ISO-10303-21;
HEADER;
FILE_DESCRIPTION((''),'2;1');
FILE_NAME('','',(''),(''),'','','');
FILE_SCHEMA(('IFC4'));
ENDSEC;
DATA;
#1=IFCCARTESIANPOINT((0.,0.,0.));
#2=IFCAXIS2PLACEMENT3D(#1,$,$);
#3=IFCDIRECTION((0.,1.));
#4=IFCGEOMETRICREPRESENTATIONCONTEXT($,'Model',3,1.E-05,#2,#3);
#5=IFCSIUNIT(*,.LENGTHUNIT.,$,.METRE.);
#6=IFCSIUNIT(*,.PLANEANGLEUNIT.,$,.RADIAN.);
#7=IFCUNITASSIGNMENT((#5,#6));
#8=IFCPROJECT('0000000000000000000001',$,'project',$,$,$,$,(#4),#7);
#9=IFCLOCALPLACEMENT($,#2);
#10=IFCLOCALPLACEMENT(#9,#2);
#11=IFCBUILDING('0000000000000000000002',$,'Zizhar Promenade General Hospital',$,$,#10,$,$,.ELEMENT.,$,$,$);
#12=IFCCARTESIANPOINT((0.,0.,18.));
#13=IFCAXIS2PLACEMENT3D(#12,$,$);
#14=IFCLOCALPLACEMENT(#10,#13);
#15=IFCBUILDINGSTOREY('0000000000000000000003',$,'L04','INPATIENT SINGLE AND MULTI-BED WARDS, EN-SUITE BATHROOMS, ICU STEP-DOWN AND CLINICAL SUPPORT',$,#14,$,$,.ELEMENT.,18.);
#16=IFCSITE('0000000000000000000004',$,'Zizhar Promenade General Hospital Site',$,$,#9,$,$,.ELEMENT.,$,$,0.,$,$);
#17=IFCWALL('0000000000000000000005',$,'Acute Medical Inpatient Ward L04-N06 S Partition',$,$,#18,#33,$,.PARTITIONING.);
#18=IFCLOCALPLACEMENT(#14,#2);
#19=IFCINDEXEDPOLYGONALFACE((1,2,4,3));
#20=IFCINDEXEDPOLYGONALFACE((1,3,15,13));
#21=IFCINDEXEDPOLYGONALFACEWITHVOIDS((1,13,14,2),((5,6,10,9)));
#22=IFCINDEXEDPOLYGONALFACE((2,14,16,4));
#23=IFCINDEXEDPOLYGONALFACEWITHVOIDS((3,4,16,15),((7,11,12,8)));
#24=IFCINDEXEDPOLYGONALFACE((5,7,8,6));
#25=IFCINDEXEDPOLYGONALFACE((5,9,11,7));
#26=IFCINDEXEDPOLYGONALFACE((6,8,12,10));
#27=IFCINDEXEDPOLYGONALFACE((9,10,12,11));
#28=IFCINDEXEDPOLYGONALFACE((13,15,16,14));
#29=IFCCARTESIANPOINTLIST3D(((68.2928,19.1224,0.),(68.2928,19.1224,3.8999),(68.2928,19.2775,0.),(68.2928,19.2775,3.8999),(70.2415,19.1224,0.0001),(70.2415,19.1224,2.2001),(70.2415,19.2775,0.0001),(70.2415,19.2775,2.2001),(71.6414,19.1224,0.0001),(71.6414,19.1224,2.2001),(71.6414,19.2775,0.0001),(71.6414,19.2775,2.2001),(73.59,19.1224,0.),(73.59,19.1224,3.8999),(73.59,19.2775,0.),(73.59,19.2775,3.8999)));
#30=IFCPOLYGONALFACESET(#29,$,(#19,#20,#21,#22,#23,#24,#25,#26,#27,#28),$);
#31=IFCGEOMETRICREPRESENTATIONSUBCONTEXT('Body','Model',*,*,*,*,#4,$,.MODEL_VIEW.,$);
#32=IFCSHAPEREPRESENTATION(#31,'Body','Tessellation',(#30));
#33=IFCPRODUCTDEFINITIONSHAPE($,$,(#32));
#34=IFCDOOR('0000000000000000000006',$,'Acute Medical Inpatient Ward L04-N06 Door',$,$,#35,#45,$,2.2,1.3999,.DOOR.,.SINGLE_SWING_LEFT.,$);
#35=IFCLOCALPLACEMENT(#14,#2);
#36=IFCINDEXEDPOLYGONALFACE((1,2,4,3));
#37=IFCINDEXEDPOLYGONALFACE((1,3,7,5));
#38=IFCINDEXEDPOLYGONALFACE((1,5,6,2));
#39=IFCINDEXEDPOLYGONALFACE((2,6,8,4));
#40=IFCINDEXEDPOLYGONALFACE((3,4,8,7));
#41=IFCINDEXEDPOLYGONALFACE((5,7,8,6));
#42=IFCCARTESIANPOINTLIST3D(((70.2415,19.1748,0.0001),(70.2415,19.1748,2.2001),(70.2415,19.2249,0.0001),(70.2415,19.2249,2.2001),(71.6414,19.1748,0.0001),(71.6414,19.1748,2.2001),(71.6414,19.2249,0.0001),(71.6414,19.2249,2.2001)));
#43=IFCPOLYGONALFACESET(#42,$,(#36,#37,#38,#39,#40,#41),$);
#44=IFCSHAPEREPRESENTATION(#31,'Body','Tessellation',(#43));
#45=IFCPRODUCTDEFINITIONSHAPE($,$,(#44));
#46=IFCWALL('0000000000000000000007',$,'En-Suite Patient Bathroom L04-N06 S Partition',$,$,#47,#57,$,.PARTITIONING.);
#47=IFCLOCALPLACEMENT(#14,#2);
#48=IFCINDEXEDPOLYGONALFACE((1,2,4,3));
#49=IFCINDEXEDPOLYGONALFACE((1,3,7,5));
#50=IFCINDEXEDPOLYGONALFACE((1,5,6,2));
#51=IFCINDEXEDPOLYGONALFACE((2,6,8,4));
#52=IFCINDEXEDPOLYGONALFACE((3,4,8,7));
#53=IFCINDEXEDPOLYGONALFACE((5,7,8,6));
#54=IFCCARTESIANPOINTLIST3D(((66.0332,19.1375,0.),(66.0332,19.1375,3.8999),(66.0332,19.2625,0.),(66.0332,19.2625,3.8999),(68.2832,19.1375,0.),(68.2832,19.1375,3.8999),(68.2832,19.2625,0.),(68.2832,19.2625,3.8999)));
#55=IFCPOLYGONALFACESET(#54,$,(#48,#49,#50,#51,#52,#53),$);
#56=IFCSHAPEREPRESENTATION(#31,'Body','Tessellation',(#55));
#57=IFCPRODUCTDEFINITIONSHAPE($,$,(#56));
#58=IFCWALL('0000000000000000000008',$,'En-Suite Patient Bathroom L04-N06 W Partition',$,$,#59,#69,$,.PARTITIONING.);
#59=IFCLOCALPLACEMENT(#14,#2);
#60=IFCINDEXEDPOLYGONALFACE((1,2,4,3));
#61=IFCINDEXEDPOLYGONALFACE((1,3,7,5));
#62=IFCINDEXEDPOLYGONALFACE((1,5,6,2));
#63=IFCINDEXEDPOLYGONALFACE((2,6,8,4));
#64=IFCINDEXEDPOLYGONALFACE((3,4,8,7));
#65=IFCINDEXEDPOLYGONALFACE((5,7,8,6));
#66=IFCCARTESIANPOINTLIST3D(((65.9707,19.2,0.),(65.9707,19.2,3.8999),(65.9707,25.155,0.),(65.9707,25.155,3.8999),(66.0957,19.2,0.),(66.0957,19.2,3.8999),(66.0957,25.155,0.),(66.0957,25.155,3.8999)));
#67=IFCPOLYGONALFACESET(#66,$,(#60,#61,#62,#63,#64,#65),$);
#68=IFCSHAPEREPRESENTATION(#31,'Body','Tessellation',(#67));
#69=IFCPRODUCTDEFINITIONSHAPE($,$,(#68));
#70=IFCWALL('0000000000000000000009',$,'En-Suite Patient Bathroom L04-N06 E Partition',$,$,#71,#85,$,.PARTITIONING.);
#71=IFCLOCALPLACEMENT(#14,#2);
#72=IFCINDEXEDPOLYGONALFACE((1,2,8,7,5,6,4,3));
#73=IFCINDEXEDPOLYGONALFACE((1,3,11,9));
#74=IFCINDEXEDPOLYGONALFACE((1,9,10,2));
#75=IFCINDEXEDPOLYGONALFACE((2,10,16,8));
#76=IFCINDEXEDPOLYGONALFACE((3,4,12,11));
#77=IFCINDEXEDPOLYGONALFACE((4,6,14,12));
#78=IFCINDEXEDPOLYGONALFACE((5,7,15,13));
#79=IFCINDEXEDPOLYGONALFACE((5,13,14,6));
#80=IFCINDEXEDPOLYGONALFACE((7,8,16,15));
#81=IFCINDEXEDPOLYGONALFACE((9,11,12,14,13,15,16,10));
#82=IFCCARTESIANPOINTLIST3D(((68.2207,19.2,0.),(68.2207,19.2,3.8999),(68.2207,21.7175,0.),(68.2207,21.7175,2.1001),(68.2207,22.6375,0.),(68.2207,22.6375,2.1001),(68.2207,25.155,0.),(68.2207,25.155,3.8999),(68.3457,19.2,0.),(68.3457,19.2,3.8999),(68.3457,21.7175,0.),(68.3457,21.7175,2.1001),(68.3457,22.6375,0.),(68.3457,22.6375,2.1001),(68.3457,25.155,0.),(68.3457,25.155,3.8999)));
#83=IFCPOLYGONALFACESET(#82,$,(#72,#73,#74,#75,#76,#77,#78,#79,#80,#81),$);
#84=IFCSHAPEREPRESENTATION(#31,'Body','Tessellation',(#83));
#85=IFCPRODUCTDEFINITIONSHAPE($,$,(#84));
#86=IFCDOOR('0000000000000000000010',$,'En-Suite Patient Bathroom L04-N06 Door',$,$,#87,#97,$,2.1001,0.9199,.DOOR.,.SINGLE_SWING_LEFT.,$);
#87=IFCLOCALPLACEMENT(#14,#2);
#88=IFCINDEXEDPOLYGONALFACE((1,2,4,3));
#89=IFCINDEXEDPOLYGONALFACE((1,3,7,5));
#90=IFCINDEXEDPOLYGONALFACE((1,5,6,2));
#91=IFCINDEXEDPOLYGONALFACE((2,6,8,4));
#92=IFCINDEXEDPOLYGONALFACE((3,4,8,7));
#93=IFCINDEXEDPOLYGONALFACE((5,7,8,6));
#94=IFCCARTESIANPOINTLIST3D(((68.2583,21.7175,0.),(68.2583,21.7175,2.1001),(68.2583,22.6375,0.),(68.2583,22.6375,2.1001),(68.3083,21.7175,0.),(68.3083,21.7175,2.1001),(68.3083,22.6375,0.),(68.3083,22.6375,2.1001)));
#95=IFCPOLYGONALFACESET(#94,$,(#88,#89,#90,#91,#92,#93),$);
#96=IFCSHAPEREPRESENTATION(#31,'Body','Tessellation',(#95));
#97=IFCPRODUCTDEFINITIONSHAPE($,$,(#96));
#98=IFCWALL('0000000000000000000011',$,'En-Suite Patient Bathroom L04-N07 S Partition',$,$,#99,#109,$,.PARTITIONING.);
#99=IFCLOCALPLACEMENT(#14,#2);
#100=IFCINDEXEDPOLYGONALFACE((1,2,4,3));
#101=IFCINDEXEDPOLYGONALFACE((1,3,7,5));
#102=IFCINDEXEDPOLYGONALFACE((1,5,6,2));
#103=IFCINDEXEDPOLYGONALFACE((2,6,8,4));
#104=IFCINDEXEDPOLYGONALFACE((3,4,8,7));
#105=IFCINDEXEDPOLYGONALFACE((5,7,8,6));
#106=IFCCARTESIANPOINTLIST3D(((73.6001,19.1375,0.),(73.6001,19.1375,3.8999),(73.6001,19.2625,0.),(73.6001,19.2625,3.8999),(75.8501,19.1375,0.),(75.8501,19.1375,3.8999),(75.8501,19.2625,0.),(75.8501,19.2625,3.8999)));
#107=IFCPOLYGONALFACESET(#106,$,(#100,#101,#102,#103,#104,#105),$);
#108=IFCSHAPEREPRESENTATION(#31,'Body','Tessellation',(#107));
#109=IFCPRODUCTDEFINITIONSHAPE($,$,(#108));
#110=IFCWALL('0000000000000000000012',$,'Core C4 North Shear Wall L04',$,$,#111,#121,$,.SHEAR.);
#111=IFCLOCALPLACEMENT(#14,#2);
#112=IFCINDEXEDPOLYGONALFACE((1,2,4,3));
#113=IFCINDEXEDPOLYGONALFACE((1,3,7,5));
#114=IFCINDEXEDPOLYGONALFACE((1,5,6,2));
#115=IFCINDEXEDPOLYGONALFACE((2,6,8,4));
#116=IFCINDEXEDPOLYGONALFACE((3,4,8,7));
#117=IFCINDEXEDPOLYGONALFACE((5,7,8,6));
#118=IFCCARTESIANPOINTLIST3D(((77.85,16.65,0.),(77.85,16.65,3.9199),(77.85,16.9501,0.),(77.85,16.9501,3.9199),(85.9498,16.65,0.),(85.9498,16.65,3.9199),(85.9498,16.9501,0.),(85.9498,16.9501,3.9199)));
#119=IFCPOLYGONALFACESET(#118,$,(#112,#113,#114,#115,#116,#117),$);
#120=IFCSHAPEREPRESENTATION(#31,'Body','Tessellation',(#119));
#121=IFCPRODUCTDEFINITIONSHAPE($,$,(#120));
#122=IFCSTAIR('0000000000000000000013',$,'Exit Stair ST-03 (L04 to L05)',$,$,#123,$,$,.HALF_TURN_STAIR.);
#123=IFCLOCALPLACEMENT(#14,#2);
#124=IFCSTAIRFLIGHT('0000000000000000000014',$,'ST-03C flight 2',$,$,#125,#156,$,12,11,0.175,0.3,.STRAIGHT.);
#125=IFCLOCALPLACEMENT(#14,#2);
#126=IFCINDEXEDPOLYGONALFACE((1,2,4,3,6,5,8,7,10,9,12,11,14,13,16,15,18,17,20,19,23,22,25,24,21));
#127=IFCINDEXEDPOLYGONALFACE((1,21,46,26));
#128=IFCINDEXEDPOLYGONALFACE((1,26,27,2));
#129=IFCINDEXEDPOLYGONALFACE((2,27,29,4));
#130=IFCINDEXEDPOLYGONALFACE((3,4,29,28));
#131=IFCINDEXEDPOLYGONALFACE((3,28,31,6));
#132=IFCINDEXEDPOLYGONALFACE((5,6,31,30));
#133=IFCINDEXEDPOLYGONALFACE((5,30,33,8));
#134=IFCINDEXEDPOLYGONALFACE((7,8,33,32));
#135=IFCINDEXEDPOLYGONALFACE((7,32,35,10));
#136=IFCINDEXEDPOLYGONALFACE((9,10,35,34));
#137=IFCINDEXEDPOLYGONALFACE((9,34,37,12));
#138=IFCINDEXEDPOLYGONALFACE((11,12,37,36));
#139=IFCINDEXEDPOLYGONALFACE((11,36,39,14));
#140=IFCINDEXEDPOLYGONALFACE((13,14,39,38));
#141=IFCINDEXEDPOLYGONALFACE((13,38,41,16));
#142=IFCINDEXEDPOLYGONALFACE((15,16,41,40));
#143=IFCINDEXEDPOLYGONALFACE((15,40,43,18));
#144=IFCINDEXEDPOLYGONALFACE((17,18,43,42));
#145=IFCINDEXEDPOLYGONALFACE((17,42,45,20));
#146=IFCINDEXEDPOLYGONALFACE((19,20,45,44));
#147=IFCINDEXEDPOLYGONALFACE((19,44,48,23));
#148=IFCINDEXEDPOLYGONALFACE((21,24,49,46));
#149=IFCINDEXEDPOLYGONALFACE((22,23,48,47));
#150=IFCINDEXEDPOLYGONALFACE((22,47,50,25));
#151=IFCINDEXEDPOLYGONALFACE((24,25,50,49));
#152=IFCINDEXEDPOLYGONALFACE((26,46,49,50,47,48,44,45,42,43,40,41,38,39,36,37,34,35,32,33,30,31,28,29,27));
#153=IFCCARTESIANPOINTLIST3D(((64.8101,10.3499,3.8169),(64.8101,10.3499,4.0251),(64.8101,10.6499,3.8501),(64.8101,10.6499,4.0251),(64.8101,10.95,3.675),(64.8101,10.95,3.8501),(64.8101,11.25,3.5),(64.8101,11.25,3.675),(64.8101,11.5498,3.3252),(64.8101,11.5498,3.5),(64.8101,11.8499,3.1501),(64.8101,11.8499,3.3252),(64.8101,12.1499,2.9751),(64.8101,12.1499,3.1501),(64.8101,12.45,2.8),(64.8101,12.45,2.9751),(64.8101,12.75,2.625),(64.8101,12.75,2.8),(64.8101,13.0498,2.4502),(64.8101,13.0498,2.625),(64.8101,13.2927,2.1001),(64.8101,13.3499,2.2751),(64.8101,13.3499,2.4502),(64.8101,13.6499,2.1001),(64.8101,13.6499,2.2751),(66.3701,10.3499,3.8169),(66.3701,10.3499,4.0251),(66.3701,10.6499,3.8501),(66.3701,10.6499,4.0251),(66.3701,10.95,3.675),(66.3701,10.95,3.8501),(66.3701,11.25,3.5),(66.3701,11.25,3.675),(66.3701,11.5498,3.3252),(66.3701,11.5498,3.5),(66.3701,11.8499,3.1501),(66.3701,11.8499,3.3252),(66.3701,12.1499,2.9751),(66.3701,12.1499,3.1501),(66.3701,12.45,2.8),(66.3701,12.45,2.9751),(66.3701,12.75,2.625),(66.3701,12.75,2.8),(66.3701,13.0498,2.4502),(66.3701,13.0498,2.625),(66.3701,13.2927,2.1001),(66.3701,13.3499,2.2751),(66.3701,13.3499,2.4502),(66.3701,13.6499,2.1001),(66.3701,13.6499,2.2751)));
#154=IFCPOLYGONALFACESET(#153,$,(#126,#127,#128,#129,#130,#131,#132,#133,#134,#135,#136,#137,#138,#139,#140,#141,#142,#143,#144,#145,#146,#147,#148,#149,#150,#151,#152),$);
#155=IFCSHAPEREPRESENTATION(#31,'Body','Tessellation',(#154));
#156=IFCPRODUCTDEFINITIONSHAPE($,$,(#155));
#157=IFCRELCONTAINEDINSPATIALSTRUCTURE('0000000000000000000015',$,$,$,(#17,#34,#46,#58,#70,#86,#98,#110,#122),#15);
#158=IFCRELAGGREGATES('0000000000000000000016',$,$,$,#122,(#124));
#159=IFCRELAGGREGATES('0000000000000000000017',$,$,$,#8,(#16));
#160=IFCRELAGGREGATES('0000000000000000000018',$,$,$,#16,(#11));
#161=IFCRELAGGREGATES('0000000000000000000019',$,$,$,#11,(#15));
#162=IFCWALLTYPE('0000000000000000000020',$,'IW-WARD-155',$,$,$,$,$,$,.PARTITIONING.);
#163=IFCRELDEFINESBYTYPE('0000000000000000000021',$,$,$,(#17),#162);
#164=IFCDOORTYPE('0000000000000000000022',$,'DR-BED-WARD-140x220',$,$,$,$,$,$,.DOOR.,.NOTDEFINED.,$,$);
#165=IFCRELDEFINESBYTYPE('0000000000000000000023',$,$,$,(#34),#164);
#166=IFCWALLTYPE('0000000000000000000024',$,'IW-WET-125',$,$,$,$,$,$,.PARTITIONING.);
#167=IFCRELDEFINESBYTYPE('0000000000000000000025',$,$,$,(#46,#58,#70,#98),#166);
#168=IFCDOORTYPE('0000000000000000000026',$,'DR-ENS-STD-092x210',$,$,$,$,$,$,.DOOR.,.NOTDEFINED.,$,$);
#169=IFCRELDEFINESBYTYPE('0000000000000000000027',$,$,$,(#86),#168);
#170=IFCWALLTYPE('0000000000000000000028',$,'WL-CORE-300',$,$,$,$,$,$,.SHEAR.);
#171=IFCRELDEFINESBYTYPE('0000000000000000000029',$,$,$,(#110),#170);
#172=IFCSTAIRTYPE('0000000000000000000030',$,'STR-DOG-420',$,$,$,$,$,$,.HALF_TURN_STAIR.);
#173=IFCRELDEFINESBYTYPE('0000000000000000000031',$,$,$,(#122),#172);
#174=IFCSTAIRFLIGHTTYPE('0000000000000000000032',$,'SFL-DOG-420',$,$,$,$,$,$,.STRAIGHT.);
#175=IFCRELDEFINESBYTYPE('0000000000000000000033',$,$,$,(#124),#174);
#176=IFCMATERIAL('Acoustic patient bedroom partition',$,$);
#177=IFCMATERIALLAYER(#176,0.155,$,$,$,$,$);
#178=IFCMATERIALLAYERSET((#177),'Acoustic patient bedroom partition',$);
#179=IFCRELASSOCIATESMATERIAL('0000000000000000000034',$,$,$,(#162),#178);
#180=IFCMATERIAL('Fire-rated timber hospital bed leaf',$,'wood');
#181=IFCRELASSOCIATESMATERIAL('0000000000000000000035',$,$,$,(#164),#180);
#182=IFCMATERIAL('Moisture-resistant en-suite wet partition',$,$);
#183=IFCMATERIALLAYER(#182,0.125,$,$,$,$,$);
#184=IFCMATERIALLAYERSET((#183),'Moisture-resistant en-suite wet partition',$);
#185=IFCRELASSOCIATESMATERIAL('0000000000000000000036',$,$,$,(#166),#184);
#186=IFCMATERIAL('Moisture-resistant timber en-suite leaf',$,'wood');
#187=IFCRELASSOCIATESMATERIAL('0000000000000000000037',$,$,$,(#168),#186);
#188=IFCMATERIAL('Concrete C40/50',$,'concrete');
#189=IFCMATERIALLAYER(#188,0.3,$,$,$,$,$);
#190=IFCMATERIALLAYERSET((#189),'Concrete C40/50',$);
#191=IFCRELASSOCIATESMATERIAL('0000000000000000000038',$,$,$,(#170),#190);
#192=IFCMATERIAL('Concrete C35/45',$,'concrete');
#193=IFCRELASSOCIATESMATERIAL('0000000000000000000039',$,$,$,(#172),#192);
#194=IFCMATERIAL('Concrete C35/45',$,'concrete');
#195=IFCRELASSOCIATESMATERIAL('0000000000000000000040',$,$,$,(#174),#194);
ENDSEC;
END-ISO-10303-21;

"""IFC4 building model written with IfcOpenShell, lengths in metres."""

from ifc_helpers import new_model, si_unit, direction, frame, frame_2d, origin, place, context, subcontext, project, spatial, polyline, rectangle, outline, extrude, material, layer, layer_set, type_object, element, fill, aggregate, save


model = new_model("IFC4")

# Units and contexts
model_context = context("Model", 3, precision=1e-05, world=origin(), true_north=direction((0.0, 1.0)))
body_context = subcontext(model_context, "Body", "Model", "MODEL_VIEW")
ifc_project = project(units=[si_unit("LENGTHUNIT", "METRE"), si_unit("PLANEANGLEUNIT", "RADIAN")], contexts=[model_context])

# Site, building, storey
site_placement = place(None, origin())
site = spatial("IfcSite", under=ifc_project, at=site_placement, Name="Zizhar Promenade General Hospital Site", CompositionType="ELEMENT", RefElevation=0.0)
building_placement = place(site_placement, origin())
building = spatial("IfcBuilding", under=site, at=building_placement, Name="Zizhar Promenade General Hospital", CompositionType="ELEMENT")
storey_placement = place(building_placement, frame((0.0, 0.0, 18.0)))
storey = spatial("IfcBuildingStorey", under=building, at=storey_placement, Name="L04", Description="INPATIENT SINGLE AND MULTI-BED WARDS, EN-SUITE BATHROOMS, ICU STEP-DOWN AND CLINICAL SUPPORT", CompositionType="ELEMENT", Elevation=18.0)

# Wall, opening, door
ifc_material_1 = material(Name="Acoustic patient bedroom partition")
ifc_layer_1 = layer(ifc_material_1, 0.155)
ifc_layer_set_1 = layer_set([ifc_layer_1], Name="Acoustic patient bedroom partition")
wall_type_1 = type_object("IfcWallType", Name="IW-WARD-155", PredefinedType="PARTITIONING", material=ifc_layer_set_1)
wall_1_placement = place(storey_placement, frame((68.293, 19.2, 0.0), z_axis=(0.0, 0.0, 1.0), x_axis=(1.0, 0.0, 0.0)))
wall_1 = element("IfcWall", 1, at=wall_1_placement, inside=storey, type_object=wall_type_1, Name="Acute Medical Inpatient Ward L04-N06 S Partition", PredefinedType="PARTITIONING", context=body_context, shape_type="SweptSolid", body=[
    extrude(rectangle(XDim=5.2971, YDim=0.155, at=frame_2d((2.6484, 0.0))), origin(), (0.0, 0.0, 1.0), 3.8999),
])
opening_1_placement = place(wall_1_placement, frame((1.9485, 0.0, 0.0)))
opening_1 = element("IfcOpeningElement", 2, at=opening_1_placement, cuts=wall_1, PredefinedType="OPENING", context=body_context, shape_type="SweptSolid", body=[
    extrude(rectangle(XDim=1.3999, YDim=2.2, at=frame_2d((0.7, 1.1001))), frame((0.0, 0.0874, 0.0), z_axis=(0.0, -1.0, 0.0), x_axis=(1.0, 0.0, 0.0)), (0.0, 0.0, 1.0), 0.175),
])
ifc_material_2 = material(Name="Fire-rated timber hospital bed leaf", Category="wood")
door_type_1 = type_object("IfcDoorType", Name="DR-BED-WARD-140x220", OperationType="NOTDEFINED", PredefinedType="DOOR", material=ifc_material_2)
door_1_placement = place(opening_1_placement, origin())
door_1 = element("IfcDoor", 3, at=door_1_placement, inside=storey, type_object=door_type_1, Name="Acute Medical Inpatient Ward L04-N06 Door", OperationType="SINGLE_SWING_LEFT", OverallHeight=2.2, OverallWidth=1.3999, PredefinedType="DOOR", context=body_context, shape_type="SweptSolid", body=[
    extrude(rectangle(XDim=1.3999, YDim=2.2, at=frame_2d((0.7, 1.1001))), frame((0.0, 0.0249, 0.0), z_axis=(0.0, -1.0, 0.0), x_axis=(1.0, 0.0, 0.0)), (0.0, 0.0, 1.0), 0.05),
])
fill(opening_1, door_1)

# Walls
ifc_material_3 = material(Name="Moisture-resistant en-suite wet partition")
ifc_layer_2 = layer(ifc_material_3, 0.125)
ifc_layer_set_2 = layer_set([ifc_layer_2], Name="Moisture-resistant en-suite wet partition")
wall_type_2 = type_object("IfcWallType", Name="IW-WET-125", PredefinedType="PARTITIONING", material=ifc_layer_set_2)
wall_2_placement = place(storey_placement, frame((66.0332, 19.2, 0.0), z_axis=(0.0, 0.0, 1.0), x_axis=(1.0, 0.0, 0.0)))
element("IfcWall", 4, at=wall_2_placement, inside=storey, type_object=wall_type_2, Name="En-Suite Patient Bathroom L04-N06 S Partition", PredefinedType="PARTITIONING", context=body_context, shape_type="SweptSolid", body=[
    extrude(rectangle(XDim=2.25, YDim=0.125, at=frame_2d((1.125, 0.0))), origin(), (0.0, 0.0, 1.0), 3.8999),
])
wall_3_placement = place(storey_placement, frame((66.0332, 19.2, 0.0), z_axis=(0.0, 0.0, 1.0), x_axis=(0.0, 1.0, 0.0)))
element("IfcWall", 5, at=wall_3_placement, inside=storey, type_object=wall_type_2, Name="En-Suite Patient Bathroom L04-N06 W Partition", PredefinedType="PARTITIONING", context=body_context, shape_type="SweptSolid", body=[
    extrude(rectangle(XDim=5.9551, YDim=0.125, at=frame_2d((2.9775, 0.0))), origin(), (0.0, 0.0, 1.0), 3.8999),
])

# Wall, opening, door
wall_4_placement = place(storey_placement, frame((68.2832, 19.2, 0.0), z_axis=(0.0, 0.0, 1.0), x_axis=(0.0, 1.0, 0.0)))
wall_4 = element("IfcWall", 6, at=wall_4_placement, inside=storey, type_object=wall_type_2, Name="En-Suite Patient Bathroom L04-N06 E Partition", PredefinedType="PARTITIONING", context=body_context, shape_type="SweptSolid", body=[
    extrude(rectangle(XDim=5.9551, YDim=0.125, at=frame_2d((2.9775, 0.0))), origin(), (0.0, 0.0, 1.0), 3.8999),
])
opening_2_placement = place(wall_4_placement, frame((2.5176, 0.0, 0.0)))
opening_2 = element("IfcOpeningElement", 7, at=opening_2_placement, cuts=wall_4, PredefinedType="OPENING", context=body_context, shape_type="SweptSolid", body=[
    extrude(rectangle(XDim=0.9199, YDim=2.1001, at=frame_2d((0.46, 1.05))), frame((0.0, 0.0725, 0.0), z_axis=(0.0, -1.0, 0.0), x_axis=(1.0, 0.0, 0.0)), (0.0, 0.0, 1.0), 0.145),
])
ifc_material_4 = material(Name="Moisture-resistant timber en-suite leaf", Category="wood")
door_type_2 = type_object("IfcDoorType", Name="DR-ENS-STD-092x210", OperationType="NOTDEFINED", PredefinedType="DOOR", material=ifc_material_4)
door_2_placement = place(opening_2_placement, origin())
door_2 = element("IfcDoor", 8, at=door_2_placement, inside=storey, type_object=door_type_2, Name="En-Suite Patient Bathroom L04-N06 Door", OperationType="SINGLE_SWING_LEFT", OverallHeight=2.1001, OverallWidth=0.9199, PredefinedType="DOOR", context=body_context, shape_type="SweptSolid", body=[
    extrude(rectangle(XDim=0.9199, YDim=2.1001, at=frame_2d((0.46, 1.05))), frame((0.0, 0.0249, 0.0), z_axis=(0.0, -1.0, 0.0), x_axis=(1.0, 0.0, 0.0)), (0.0, 0.0, 1.0), 0.05),
])
fill(opening_2, door_2)

# Walls
wall_5_placement = place(storey_placement, frame((73.6001, 19.2, 0.0), z_axis=(0.0, 0.0, 1.0), x_axis=(1.0, 0.0, 0.0)))
element("IfcWall", 9, at=wall_5_placement, inside=storey, type_object=wall_type_2, Name="En-Suite Patient Bathroom L04-N07 S Partition", PredefinedType="PARTITIONING", context=body_context, shape_type="SweptSolid", body=[
    extrude(rectangle(XDim=2.25, YDim=0.125, at=frame_2d((1.125, 0.0))), origin(), (0.0, 0.0, 1.0), 3.8999),
])
ifc_material_5 = material(Name="Concrete C40/50", Category="concrete")
ifc_layer_3 = layer(ifc_material_5, 0.3)
ifc_layer_set_3 = layer_set([ifc_layer_3], Name="Concrete C40/50")
wall_type_3 = type_object("IfcWallType", Name="WL-CORE-300", PredefinedType="SHEAR", material=ifc_layer_set_3)
wall_6_placement = place(storey_placement, frame((77.8501, 16.8, 0.0), z_axis=(0.0, 0.0, 1.0), x_axis=(1.0, 0.0, 0.0)))
element("IfcWall", 10, at=wall_6_placement, inside=storey, type_object=wall_type_3, Name="Core C4 North Shear Wall L04", PredefinedType="SHEAR", context=body_context, shape_type="SweptSolid", body=[
    extrude(rectangle(XDim=8.0999, YDim=0.3, at=frame_2d((4.0498, 0.0))), origin(), (0.0, 0.0, 1.0), 3.9199),
])

# Stair, stair flight
ifc_material_6 = material(Name="Concrete C35/45", Category="concrete")
stair_type = type_object("IfcStairType", Name="STR-DOG-420", PredefinedType="HALF_TURN_STAIR", material=ifc_material_6)
stair_1_placement = place(storey_placement, origin())
stair_1 = element("IfcStair", 11, at=stair_1_placement, inside=storey, type_object=stair_type, Name="Exit Stair ST-03 (L04 to L05)", PredefinedType="HALF_TURN_STAIR")
ifc_material_7 = material(Name="Concrete C35/45", Category="concrete")
stair_flight_type = type_object("IfcStairFlightType", Name="SFL-DOG-420", PredefinedType="STRAIGHT", material=ifc_material_7)
stair_flight_1_placement = place(storey_placement, frame((65.5901, 13.6499, 2.1001), z_axis=(0.0, 0.0, 1.0), x_axis=(0.0, -1.0, 0.0)))
stair_flight_1 = element("IfcStairFlight", 12, at=stair_flight_1_placement, type_object=stair_flight_type, Name="ST-03C flight 2", NumberOfRisers=12, NumberOfTreads=11, PredefinedType="STRAIGHT", RiserHeight=0.175, TreadLength=0.3, context=body_context, shape_type="SweptSolid", body=[
    extrude(outline(polyline([(0.0, 0.0), (0.0, 0.175), (0.3, 0.175), (0.3, 0.3501), (0.6001, 0.3501), (0.6001, 0.5249), (0.8999, 0.5249), (0.8999, 0.7), (1.2, 0.7), (1.2, 0.875), (1.5, 0.875), (1.5, 1.05), (1.8, 1.05), (1.8, 1.2251), (2.1001, 1.2251), (2.1001, 1.3999), (2.3999, 1.3999), (2.3999, 1.575), (2.7, 1.575), (2.7, 1.75), (3.0, 1.75), (3.0, 1.925), (3.3, 1.925), (3.3, 2.1001), (3.3, 1.7168), (0.3572, 0.0), (0.0, 0.0)])), frame((0.0, 0.78, 0.0), z_axis=(0.0, -1.0, 0.0), x_axis=(1.0, 0.0, 0.0)), (0.0, 0.0, 1.0), 1.5601),
])
aggregate(stair_1, [stair_flight_1])

save(model, "model.ifc")
